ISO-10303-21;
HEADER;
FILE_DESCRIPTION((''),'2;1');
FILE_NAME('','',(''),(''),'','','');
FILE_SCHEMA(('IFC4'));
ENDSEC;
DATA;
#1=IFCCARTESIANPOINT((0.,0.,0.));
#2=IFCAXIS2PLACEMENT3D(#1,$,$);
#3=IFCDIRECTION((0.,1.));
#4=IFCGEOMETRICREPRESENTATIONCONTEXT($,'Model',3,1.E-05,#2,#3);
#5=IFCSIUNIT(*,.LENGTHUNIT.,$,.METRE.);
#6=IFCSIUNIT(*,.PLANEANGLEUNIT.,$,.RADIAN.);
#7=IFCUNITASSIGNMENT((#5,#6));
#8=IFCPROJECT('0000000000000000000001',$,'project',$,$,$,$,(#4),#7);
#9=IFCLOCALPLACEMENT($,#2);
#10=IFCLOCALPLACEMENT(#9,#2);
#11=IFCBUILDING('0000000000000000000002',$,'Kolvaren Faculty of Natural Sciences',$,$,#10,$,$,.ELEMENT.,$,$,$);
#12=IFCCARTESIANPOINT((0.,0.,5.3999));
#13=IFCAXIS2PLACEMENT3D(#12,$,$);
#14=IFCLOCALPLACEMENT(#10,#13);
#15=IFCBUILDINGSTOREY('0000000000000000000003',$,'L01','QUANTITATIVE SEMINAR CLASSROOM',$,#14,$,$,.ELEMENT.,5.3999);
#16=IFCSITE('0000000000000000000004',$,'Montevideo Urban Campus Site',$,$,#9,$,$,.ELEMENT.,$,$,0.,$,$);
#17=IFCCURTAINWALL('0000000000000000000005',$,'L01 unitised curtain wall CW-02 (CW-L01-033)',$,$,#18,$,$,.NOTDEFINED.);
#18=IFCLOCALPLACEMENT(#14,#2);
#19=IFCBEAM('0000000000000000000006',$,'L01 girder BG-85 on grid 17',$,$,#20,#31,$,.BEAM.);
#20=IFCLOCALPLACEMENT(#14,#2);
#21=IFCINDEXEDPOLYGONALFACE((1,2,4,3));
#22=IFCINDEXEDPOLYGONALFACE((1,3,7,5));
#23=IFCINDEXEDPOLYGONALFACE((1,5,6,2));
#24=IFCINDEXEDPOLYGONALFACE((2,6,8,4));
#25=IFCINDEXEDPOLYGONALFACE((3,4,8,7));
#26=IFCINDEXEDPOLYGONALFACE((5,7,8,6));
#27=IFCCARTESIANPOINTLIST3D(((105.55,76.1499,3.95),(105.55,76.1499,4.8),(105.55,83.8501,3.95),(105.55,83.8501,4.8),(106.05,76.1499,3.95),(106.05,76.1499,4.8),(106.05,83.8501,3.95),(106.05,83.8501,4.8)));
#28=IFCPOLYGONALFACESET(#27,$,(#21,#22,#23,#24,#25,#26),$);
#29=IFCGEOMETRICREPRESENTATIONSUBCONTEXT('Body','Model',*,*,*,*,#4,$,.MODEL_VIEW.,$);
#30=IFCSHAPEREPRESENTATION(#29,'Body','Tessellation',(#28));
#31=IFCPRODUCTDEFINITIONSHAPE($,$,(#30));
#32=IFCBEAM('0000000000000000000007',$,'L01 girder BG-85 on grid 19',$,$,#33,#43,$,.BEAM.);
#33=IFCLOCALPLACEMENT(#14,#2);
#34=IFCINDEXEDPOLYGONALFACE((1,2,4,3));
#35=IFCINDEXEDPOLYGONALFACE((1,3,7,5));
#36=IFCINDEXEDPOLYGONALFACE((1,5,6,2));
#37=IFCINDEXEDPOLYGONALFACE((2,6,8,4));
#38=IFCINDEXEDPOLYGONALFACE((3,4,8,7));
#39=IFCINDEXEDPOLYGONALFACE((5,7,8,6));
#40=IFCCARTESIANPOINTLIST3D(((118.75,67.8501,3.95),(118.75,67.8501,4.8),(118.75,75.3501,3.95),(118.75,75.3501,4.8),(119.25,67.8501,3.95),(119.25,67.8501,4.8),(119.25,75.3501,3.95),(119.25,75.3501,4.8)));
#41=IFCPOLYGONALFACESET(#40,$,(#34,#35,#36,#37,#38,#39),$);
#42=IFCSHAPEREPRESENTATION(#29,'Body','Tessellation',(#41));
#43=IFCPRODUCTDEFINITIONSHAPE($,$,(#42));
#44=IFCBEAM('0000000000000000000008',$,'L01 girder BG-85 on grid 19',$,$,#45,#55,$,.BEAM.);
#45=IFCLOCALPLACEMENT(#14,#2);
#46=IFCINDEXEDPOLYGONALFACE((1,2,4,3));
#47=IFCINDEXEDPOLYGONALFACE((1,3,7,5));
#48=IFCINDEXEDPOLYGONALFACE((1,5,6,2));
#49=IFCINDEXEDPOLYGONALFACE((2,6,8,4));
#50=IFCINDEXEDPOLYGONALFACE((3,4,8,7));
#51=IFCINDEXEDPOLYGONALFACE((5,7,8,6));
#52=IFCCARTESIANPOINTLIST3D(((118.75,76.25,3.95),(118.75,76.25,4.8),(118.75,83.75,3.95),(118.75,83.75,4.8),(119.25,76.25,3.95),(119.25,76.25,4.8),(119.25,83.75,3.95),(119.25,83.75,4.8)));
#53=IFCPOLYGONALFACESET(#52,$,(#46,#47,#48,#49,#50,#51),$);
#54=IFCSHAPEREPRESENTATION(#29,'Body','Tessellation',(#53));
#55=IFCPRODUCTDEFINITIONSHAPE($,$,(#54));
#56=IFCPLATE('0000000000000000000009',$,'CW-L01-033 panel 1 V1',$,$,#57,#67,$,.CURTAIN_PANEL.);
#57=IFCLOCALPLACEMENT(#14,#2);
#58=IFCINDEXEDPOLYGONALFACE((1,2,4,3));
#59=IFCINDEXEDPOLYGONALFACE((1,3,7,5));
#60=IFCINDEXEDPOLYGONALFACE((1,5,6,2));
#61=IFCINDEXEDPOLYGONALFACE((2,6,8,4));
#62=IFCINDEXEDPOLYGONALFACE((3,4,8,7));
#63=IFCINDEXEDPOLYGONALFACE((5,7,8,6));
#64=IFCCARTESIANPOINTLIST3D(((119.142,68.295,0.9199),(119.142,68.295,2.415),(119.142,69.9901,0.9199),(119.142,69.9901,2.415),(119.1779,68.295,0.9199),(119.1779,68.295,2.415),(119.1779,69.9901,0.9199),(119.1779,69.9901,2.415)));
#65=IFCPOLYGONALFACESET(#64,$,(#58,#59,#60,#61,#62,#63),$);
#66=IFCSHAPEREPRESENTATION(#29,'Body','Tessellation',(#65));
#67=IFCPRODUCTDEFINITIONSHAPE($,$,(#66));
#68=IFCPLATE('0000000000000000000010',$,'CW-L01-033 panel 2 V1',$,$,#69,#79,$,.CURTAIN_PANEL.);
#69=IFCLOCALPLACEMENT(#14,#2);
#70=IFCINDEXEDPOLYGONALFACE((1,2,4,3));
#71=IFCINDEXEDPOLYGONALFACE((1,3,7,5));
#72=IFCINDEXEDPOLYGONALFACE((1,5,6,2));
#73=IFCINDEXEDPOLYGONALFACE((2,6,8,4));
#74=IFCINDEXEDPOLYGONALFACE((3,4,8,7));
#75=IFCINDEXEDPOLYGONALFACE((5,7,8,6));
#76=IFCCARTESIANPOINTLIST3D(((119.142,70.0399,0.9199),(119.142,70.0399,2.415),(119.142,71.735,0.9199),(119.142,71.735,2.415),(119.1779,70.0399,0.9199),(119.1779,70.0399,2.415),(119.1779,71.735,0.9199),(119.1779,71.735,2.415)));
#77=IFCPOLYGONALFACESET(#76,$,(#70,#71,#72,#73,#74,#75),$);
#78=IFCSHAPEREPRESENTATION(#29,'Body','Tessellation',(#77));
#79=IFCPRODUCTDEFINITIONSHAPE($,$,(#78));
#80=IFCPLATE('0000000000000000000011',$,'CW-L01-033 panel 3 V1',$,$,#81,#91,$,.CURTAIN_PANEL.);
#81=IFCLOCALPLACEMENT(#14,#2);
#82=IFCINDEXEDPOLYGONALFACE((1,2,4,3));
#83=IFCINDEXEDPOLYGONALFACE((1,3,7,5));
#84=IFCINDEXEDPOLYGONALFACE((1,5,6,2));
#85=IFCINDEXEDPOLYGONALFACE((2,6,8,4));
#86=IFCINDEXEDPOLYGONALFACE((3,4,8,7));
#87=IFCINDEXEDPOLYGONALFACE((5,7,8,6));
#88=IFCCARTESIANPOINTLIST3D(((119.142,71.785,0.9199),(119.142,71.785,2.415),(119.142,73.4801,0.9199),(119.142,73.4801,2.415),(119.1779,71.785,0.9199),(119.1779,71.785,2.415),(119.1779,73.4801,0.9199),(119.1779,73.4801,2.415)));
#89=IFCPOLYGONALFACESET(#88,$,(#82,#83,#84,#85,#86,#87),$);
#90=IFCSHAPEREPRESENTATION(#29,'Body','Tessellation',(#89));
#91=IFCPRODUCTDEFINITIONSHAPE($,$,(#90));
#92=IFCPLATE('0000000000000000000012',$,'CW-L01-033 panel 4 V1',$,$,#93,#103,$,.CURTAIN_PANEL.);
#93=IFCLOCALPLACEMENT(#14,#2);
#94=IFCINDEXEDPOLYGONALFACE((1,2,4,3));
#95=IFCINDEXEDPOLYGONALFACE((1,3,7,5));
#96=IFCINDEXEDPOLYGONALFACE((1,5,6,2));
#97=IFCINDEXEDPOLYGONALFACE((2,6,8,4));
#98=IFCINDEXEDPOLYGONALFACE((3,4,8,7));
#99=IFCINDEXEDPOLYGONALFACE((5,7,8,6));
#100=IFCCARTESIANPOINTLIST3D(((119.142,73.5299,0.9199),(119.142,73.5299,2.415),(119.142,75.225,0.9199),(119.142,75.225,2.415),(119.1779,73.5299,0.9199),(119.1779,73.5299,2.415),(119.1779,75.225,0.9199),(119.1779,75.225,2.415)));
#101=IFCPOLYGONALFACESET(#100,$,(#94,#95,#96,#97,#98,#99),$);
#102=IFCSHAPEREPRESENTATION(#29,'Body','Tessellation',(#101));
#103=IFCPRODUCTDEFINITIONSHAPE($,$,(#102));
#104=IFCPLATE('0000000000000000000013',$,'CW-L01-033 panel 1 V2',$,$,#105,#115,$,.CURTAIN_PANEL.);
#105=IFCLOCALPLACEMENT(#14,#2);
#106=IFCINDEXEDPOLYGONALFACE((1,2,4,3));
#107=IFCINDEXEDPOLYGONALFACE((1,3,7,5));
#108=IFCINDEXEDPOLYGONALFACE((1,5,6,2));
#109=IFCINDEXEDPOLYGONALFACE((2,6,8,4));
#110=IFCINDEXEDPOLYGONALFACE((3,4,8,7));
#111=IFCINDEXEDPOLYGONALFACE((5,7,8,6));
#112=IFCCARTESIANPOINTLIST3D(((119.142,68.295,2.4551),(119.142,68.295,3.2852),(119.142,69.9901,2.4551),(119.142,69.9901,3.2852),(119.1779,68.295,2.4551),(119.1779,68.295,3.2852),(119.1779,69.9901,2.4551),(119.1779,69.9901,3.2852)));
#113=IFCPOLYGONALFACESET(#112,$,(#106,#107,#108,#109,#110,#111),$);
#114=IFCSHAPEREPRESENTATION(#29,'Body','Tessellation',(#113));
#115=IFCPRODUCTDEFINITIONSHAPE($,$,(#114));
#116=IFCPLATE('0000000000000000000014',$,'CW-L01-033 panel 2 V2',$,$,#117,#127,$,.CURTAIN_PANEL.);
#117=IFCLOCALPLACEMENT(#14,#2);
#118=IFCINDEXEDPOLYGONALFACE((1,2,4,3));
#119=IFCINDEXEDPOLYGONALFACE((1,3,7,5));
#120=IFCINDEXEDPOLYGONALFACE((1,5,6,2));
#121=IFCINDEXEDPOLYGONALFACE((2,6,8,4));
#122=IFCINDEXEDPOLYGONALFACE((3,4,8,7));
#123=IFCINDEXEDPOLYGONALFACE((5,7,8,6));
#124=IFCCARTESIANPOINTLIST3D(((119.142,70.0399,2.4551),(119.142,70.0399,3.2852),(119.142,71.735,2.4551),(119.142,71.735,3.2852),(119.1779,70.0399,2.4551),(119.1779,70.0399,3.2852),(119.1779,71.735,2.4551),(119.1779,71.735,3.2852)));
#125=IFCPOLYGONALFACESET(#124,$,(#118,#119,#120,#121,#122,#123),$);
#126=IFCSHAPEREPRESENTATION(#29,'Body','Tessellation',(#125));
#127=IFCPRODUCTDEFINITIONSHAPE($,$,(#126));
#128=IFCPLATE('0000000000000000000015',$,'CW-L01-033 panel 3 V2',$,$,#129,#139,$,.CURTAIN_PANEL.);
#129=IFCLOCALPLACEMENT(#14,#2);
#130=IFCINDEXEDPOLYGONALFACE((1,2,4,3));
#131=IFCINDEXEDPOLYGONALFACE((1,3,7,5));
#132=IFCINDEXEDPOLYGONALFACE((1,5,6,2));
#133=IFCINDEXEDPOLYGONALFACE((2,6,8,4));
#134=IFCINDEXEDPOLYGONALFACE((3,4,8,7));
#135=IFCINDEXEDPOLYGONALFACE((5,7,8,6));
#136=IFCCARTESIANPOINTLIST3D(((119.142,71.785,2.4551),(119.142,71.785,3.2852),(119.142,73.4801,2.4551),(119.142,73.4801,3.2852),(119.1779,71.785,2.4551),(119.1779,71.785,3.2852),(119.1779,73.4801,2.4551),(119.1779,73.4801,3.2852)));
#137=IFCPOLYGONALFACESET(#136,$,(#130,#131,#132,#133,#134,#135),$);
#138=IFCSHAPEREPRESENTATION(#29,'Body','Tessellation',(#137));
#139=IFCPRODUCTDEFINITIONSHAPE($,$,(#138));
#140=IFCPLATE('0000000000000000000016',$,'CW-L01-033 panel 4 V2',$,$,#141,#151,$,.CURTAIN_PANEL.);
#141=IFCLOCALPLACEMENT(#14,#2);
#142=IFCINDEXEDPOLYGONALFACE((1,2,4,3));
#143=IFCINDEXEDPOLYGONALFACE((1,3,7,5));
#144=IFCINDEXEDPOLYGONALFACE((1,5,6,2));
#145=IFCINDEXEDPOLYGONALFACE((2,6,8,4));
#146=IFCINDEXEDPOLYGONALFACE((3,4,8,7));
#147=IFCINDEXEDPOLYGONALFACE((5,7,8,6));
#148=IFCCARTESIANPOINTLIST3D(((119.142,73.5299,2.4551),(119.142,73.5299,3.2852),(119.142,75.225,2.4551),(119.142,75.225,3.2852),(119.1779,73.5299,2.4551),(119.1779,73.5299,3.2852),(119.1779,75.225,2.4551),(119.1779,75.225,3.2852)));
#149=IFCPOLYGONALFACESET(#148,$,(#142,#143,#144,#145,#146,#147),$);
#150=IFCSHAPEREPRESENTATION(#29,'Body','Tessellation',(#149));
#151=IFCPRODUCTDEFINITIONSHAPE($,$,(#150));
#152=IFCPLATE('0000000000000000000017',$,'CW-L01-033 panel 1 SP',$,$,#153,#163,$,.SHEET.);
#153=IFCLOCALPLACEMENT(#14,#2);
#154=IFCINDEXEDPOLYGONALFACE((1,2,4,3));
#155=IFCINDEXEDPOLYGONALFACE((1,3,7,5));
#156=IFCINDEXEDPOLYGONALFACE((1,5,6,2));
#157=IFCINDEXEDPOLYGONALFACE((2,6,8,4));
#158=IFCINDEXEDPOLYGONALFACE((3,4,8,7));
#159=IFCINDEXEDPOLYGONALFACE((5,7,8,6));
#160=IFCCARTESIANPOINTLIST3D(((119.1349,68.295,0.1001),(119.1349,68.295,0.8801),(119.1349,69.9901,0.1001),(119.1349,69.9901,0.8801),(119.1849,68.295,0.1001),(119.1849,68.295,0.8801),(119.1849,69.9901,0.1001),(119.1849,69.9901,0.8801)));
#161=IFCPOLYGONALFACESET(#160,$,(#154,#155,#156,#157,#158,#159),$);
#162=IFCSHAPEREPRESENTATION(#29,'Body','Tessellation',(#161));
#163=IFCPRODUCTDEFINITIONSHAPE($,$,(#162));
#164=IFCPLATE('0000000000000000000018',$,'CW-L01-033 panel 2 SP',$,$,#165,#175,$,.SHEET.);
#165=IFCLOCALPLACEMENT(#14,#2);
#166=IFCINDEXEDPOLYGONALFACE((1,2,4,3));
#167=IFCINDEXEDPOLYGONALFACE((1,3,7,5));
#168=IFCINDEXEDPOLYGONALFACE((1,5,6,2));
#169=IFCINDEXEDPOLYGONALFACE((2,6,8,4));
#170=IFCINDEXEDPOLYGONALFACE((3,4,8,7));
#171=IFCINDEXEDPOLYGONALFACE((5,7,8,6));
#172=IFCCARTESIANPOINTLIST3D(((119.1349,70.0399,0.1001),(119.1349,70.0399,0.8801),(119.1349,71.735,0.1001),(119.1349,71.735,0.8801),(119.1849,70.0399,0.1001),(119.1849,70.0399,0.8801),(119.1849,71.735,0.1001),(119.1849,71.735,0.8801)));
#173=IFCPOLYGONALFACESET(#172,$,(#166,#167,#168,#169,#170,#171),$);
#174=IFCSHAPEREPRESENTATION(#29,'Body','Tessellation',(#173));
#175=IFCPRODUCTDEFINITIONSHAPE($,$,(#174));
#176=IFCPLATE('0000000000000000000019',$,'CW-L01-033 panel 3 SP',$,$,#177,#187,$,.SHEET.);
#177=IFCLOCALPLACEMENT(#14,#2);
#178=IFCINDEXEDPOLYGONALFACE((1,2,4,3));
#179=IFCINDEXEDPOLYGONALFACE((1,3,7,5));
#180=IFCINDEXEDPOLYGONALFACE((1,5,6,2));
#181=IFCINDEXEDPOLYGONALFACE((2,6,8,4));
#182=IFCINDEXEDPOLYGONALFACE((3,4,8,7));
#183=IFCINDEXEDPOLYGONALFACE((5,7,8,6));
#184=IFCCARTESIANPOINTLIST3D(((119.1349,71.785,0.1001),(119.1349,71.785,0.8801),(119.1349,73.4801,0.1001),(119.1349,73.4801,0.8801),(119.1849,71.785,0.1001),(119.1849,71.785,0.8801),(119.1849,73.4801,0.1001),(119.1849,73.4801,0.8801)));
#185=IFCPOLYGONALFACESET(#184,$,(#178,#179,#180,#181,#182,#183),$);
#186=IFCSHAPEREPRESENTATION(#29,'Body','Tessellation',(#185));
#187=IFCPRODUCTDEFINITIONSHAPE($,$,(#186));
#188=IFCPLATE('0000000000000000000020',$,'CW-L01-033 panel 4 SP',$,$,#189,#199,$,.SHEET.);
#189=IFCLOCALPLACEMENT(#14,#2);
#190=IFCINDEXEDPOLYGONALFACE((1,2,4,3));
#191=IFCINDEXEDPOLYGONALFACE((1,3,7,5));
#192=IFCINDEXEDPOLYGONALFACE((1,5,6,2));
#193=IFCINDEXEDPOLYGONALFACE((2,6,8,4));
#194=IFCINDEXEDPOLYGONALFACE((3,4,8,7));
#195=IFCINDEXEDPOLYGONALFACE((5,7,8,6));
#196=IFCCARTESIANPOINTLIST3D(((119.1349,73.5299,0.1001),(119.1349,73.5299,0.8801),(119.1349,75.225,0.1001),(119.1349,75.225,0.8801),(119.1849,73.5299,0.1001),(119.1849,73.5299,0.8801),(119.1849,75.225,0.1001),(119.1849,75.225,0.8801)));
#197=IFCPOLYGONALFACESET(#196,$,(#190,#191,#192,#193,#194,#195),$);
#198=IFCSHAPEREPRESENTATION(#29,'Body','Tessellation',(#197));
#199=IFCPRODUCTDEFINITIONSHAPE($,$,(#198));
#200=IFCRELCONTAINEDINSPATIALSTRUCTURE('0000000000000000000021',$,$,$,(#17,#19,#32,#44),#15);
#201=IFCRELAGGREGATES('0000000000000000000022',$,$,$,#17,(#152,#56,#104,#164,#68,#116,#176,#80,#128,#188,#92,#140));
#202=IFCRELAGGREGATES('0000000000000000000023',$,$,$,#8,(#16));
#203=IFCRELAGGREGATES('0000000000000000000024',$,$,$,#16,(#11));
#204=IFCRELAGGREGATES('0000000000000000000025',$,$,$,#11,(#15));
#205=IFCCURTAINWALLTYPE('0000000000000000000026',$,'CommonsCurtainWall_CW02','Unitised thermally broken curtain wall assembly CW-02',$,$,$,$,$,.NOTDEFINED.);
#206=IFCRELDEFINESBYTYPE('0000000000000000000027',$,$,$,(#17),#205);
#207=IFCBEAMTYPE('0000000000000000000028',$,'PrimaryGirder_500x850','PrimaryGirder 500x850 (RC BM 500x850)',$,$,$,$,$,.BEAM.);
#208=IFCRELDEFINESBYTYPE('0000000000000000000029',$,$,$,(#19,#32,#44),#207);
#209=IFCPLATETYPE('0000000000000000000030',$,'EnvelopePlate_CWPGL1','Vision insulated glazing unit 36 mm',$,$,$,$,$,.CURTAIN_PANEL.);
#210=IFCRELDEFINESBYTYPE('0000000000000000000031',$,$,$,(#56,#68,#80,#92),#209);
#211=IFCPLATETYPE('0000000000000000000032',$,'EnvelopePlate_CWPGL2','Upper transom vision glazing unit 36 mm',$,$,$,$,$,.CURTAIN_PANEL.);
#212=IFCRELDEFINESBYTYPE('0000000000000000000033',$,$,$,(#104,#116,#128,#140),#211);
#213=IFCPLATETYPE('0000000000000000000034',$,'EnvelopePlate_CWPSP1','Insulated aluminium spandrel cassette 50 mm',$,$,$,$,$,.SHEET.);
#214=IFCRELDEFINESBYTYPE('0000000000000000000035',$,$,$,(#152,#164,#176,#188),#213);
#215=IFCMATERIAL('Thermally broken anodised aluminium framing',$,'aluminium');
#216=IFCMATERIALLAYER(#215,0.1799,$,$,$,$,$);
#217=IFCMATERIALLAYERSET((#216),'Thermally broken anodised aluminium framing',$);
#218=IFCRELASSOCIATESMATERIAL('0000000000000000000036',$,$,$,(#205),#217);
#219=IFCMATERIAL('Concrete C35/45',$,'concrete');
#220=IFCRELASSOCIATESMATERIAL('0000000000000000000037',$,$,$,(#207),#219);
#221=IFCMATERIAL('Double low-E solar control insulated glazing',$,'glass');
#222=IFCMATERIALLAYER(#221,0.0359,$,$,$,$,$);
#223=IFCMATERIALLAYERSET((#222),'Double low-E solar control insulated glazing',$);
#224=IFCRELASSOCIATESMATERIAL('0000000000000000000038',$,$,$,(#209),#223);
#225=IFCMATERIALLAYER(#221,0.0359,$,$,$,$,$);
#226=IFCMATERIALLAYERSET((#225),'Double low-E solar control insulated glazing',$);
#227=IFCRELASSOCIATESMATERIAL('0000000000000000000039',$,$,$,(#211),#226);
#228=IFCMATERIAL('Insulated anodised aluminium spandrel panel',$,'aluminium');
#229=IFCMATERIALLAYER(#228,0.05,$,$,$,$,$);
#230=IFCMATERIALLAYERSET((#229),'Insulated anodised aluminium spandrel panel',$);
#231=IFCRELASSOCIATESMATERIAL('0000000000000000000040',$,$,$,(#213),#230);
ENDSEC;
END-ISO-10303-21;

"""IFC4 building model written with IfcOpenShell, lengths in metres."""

from ifc_helpers import new_model, si_unit, direction, frame, origin, origin_2d, place, context, subcontext, project, spatial, rectangle, extrude, material, layer, layer_set, material_profile, profile_set, type_object, element, aggregate, save


model = new_model("IFC4")

# Units and contexts
model_context = context("Model", 3, precision=1e-05, world=origin(), true_north=direction((0.0, 1.0)))
body_context = subcontext(model_context, "Body", "Model", "MODEL_VIEW")
ifc_project = project(units=[si_unit("LENGTHUNIT", "METRE"), si_unit("PLANEANGLEUNIT", "RADIAN")], contexts=[model_context])

# Site, building, storey
site_placement = place(None, origin())
site = spatial("IfcSite", under=ifc_project, at=site_placement, Name="Montevideo Urban Campus Site", CompositionType="ELEMENT", RefElevation=0.0)
building_placement = place(site_placement, origin())
building = spatial("IfcBuilding", under=site, at=building_placement, Name="Kolvaren Faculty of Natural Sciences", CompositionType="ELEMENT")
storey_placement = place(building_placement, frame((0.0, 0.0, 5.3999)))
storey = spatial("IfcBuildingStorey", under=building, at=storey_placement, Name="L01", Description="QUANTITATIVE SEMINAR CLASSROOM", CompositionType="ELEMENT", Elevation=5.3999)

# Curtain wall
ifc_material_1 = material(Name="Thermally broken anodised aluminium framing", Category="aluminium")
ifc_layer_1 = layer(ifc_material_1, 0.1799)
ifc_layer_set_1 = layer_set([ifc_layer_1], Name="Thermally broken anodised aluminium framing")
curtain_wall_type = type_object("IfcCurtainWallType", Name="CommonsCurtainWall_CW02", Description="Unitised thermally broken curtain wall assembly CW-02", PredefinedType="NOTDEFINED", material=ifc_layer_set_1)
curtain_wall_1_placement = place(storey_placement, origin())
curtain_wall_1 = element("IfcCurtainWall", 1, at=curtain_wall_1_placement, inside=storey, type_object=curtain_wall_type, Name="L01 unitised curtain wall CW-02 (CW-L01-033)", PredefinedType="NOTDEFINED")

# Beams
ifc_material_2 = material(Name="Concrete C35/45", Category="concrete")
ifc_material_profile_1 = material_profile(ifc_material_2, rectangle(XDim=0.5, YDim=0.8501, at=origin_2d()), Name="RC BM 500x850")
ifc_profile_set_1 = profile_set([ifc_material_profile_1], Name="Concrete C35/45")
beam_type = type_object("IfcBeamType", Name="PrimaryGirder_500x850", Description="PrimaryGirder 500x850 (RC BM 500x850)", PredefinedType="BEAM", material=ifc_profile_set_1)
beam_placement = place(storey_placement, frame((105.8, 76.1499, 4.375), z_axis=(0.0, 1.0, 0.0), x_axis=(-1.0, 0.0, 0.0)))
element("IfcBeam", 2, at=beam_placement, inside=storey, type_object=beam_type, Name="L01 girder BG-85 on grid 17", PredefinedType="BEAM", context=body_context, shape_type="SweptSolid", body=[
    extrude(rectangle(XDim=0.5, YDim=0.8501, at=origin_2d()), origin(), (0.0, 0.0, 1.0), 7.7002),
])
for number, where, z_axis, x_axis, name in (
    (3, (119.0, 67.8501, 4.375), (0.0, 1.0, 0.0), (-1.0, 0.0, 0.0), "L01 girder BG-85 on grid 19"),
    (4, (119.0, 76.25, 4.375), (0.0, 1.0, 0.0), (-1.0, 0.0, 0.0), "L01 girder BG-85 on grid 19"),
):
    element("IfcBeam", number, at=place(storey_placement, frame(where, z_axis=z_axis, x_axis=x_axis)), inside=storey, type_object=beam_type, Name=name, PredefinedType="BEAM", context=body_context, shape_type="SweptSolid", body=[
        extrude(rectangle(XDim=0.5, YDim=0.8501, at=origin_2d()), origin(), (0.0, 0.0, 1.0), 7.5),
    ])

# Plates
ifc_material_3 = material(Name="Double low-E solar control insulated glazing", Category="glass")
ifc_layer_2 = layer(ifc_material_3, 0.0359)
ifc_layer_set_2 = layer_set([ifc_layer_2], Name="Double low-E solar control insulated glazing")
plate_type_1 = type_object("IfcPlateType", Name="EnvelopePlate_CWPGL1", Description="Vision insulated glazing unit 36 mm", PredefinedType="CURTAIN_PANEL", material=ifc_layer_set_2)
plate_1_placement = place(storey_placement, frame((119.1599, 69.1426, 0.9199), z_axis=(0.0, 0.0, 1.0), x_axis=(0.0, 1.0, 0.0)))
plate_1 = element("IfcPlate", 5, at=plate_1_placement, type_object=plate_type_1, Name="CW-L01-033 panel 1 V1", PredefinedType="CURTAIN_PANEL", context=body_context, shape_type="SweptSolid", body=[
    extrude(rectangle(XDim=1.6951, YDim=0.0359, at=origin_2d()), origin(), (0.0, 0.0, 1.0), 1.4951),
])
plate_2_placement = place(storey_placement, frame((119.1599, 70.8875, 0.9199), z_axis=(0.0, 0.0, 1.0), x_axis=(0.0, 1.0, 0.0)))
plate_2 = element("IfcPlate", 6, at=plate_2_placement, type_object=plate_type_1, Name="CW-L01-033 panel 2 V1", PredefinedType="CURTAIN_PANEL", context=body_context, shape_type="SweptSolid", body=[
    extrude(rectangle(XDim=1.6951, YDim=0.0359, at=origin_2d()), origin(), (0.0, 0.0, 1.0), 1.4951),
])
plate_3_placement = place(storey_placement, frame((119.1599, 72.6326, 0.9199), z_axis=(0.0, 0.0, 1.0), x_axis=(0.0, 1.0, 0.0)))
plate_3 = element("IfcPlate", 7, at=plate_3_placement, type_object=plate_type_1, Name="CW-L01-033 panel 3 V1", PredefinedType="CURTAIN_PANEL", context=body_context, shape_type="SweptSolid", body=[
    extrude(rectangle(XDim=1.6951, YDim=0.0359, at=origin_2d()), origin(), (0.0, 0.0, 1.0), 1.4951),
])
plate_4_placement = place(storey_placement, frame((119.1599, 74.3774, 0.9199), z_axis=(0.0, 0.0, 1.0), x_axis=(0.0, 1.0, 0.0)))
plate_4 = element("IfcPlate", 8, at=plate_4_placement, type_object=plate_type_1, Name="CW-L01-033 panel 4 V1", PredefinedType="CURTAIN_PANEL", context=body_context, shape_type="SweptSolid", body=[
    extrude(rectangle(XDim=1.6951, YDim=0.0359, at=origin_2d()), origin(), (0.0, 0.0, 1.0), 1.4951),
])
ifc_layer_3 = layer(ifc_material_3, 0.0359)
ifc_layer_set_3 = layer_set([ifc_layer_3], Name="Double low-E solar control insulated glazing")
plate_type_2 = type_object("IfcPlateType", Name="EnvelopePlate_CWPGL2", Description="Upper transom vision glazing unit 36 mm", PredefinedType="CURTAIN_PANEL", material=ifc_layer_set_3)
plate_5_placement = place(storey_placement, frame((119.1599, 69.1426, 2.4551), z_axis=(0.0, 0.0, 1.0), x_axis=(0.0, 1.0, 0.0)))
plate_5 = element("IfcPlate", 9, at=plate_5_placement, type_object=plate_type_2, Name="CW-L01-033 panel 1 V2", PredefinedType="CURTAIN_PANEL", context=body_context, shape_type="SweptSolid", body=[
    extrude(rectangle(XDim=1.6951, YDim=0.0359, at=origin_2d()), origin(), (0.0, 0.0, 1.0), 0.8301),
])
plate_6_placement = place(storey_placement, frame((119.1599, 70.8875, 2.4551), z_axis=(0.0, 0.0, 1.0), x_axis=(0.0, 1.0, 0.0)))
plate_6 = element("IfcPlate", 10, at=plate_6_placement, type_object=plate_type_2, Name="CW-L01-033 panel 2 V2", PredefinedType="CURTAIN_PANEL", context=body_context, shape_type="SweptSolid", body=[
    extrude(rectangle(XDim=1.6951, YDim=0.0359, at=origin_2d()), origin(), (0.0, 0.0, 1.0), 0.8301),
])
plate_7_placement = place(storey_placement, frame((119.1599, 72.6326, 2.4551), z_axis=(0.0, 0.0, 1.0), x_axis=(0.0, 1.0, 0.0)))
plate_7 = element("IfcPlate", 11, at=plate_7_placement, type_object=plate_type_2, Name="CW-L01-033 panel 3 V2", PredefinedType="CURTAIN_PANEL", context=body_context, shape_type="SweptSolid", body=[
    extrude(rectangle(XDim=1.6951, YDim=0.0359, at=origin_2d()), origin(), (0.0, 0.0, 1.0), 0.8301),
])
plate_8_placement = place(storey_placement, frame((119.1599, 74.3774, 2.4551), z_axis=(0.0, 0.0, 1.0), x_axis=(0.0, 1.0, 0.0)))
plate_8 = element("IfcPlate", 12, at=plate_8_placement, type_object=plate_type_2, Name="CW-L01-033 panel 4 V2", PredefinedType="CURTAIN_PANEL", context=body_context, shape_type="SweptSolid", body=[
    extrude(rectangle(XDim=1.6951, YDim=0.0359, at=origin_2d()), origin(), (0.0, 0.0, 1.0), 0.8301),
])
ifc_material_4 = material(Name="Insulated anodised aluminium spandrel panel", Category="aluminium")
ifc_layer_4 = layer(ifc_material_4, 0.05)
ifc_layer_set_4 = layer_set([ifc_layer_4], Name="Insulated anodised aluminium spandrel panel")
plate_type_3 = type_object("IfcPlateType", Name="EnvelopePlate_CWPSP1", Description="Insulated aluminium spandrel cassette 50 mm", PredefinedType="SHEET", material=ifc_layer_set_4)
plate_9_placement = place(storey_placement, frame((119.1599, 69.1426, 0.1001), z_axis=(0.0, 0.0, 1.0), x_axis=(0.0, 1.0, 0.0)))
plate_9 = element("IfcPlate", 13, at=plate_9_placement, type_object=plate_type_3, Name="CW-L01-033 panel 1 SP", PredefinedType="SHEET", context=body_context, shape_type="SweptSolid", body=[
    extrude(rectangle(XDim=1.6951, YDim=0.05, at=origin_2d()), origin(), (0.0, 0.0, 1.0), 0.78),
])
plate_10_placement = place(storey_placement, frame((119.1599, 70.8875, 0.1001), z_axis=(0.0, 0.0, 1.0), x_axis=(0.0, 1.0, 0.0)))
plate_10 = element("IfcPlate", 14, at=plate_10_placement, type_object=plate_type_3, Name="CW-L01-033 panel 2 SP", PredefinedType="SHEET", context=body_context, shape_type="SweptSolid", body=[
    extrude(rectangle(XDim=1.6951, YDim=0.05, at=origin_2d()), origin(), (0.0, 0.0, 1.0), 0.78),
])
plate_11_placement = place(storey_placement, frame((119.1599, 72.6326, 0.1001), z_axis=(0.0, 0.0, 1.0), x_axis=(0.0, 1.0, 0.0)))
plate_11 = element("IfcPlate", 15, at=plate_11_placement, type_object=plate_type_3, Name="CW-L01-033 panel 3 SP", PredefinedType="SHEET", context=body_context, shape_type="SweptSolid", body=[
    extrude(rectangle(XDim=1.6951, YDim=0.05, at=origin_2d()), origin(), (0.0, 0.0, 1.0), 0.78),
])
plate_12_placement = place(storey_placement, frame((119.1599, 74.3774, 0.1001), z_axis=(0.0, 0.0, 1.0), x_axis=(0.0, 1.0, 0.0)))
plate_12 = element("IfcPlate", 16, at=plate_12_placement, type_object=plate_type_3, Name="CW-L01-033 panel 4 SP", PredefinedType="SHEET", context=body_context, shape_type="SweptSolid", body=[
    extrude(rectangle(XDim=1.6951, YDim=0.05, at=origin_2d()), origin(), (0.0, 0.0, 1.0), 0.78),
])
aggregate(curtain_wall_1, [plate_9, plate_1, plate_5, plate_10, plate_2, plate_6, plate_11, plate_3, plate_7, plate_12, plate_4, plate_8])

save(model, "model.ifc")
